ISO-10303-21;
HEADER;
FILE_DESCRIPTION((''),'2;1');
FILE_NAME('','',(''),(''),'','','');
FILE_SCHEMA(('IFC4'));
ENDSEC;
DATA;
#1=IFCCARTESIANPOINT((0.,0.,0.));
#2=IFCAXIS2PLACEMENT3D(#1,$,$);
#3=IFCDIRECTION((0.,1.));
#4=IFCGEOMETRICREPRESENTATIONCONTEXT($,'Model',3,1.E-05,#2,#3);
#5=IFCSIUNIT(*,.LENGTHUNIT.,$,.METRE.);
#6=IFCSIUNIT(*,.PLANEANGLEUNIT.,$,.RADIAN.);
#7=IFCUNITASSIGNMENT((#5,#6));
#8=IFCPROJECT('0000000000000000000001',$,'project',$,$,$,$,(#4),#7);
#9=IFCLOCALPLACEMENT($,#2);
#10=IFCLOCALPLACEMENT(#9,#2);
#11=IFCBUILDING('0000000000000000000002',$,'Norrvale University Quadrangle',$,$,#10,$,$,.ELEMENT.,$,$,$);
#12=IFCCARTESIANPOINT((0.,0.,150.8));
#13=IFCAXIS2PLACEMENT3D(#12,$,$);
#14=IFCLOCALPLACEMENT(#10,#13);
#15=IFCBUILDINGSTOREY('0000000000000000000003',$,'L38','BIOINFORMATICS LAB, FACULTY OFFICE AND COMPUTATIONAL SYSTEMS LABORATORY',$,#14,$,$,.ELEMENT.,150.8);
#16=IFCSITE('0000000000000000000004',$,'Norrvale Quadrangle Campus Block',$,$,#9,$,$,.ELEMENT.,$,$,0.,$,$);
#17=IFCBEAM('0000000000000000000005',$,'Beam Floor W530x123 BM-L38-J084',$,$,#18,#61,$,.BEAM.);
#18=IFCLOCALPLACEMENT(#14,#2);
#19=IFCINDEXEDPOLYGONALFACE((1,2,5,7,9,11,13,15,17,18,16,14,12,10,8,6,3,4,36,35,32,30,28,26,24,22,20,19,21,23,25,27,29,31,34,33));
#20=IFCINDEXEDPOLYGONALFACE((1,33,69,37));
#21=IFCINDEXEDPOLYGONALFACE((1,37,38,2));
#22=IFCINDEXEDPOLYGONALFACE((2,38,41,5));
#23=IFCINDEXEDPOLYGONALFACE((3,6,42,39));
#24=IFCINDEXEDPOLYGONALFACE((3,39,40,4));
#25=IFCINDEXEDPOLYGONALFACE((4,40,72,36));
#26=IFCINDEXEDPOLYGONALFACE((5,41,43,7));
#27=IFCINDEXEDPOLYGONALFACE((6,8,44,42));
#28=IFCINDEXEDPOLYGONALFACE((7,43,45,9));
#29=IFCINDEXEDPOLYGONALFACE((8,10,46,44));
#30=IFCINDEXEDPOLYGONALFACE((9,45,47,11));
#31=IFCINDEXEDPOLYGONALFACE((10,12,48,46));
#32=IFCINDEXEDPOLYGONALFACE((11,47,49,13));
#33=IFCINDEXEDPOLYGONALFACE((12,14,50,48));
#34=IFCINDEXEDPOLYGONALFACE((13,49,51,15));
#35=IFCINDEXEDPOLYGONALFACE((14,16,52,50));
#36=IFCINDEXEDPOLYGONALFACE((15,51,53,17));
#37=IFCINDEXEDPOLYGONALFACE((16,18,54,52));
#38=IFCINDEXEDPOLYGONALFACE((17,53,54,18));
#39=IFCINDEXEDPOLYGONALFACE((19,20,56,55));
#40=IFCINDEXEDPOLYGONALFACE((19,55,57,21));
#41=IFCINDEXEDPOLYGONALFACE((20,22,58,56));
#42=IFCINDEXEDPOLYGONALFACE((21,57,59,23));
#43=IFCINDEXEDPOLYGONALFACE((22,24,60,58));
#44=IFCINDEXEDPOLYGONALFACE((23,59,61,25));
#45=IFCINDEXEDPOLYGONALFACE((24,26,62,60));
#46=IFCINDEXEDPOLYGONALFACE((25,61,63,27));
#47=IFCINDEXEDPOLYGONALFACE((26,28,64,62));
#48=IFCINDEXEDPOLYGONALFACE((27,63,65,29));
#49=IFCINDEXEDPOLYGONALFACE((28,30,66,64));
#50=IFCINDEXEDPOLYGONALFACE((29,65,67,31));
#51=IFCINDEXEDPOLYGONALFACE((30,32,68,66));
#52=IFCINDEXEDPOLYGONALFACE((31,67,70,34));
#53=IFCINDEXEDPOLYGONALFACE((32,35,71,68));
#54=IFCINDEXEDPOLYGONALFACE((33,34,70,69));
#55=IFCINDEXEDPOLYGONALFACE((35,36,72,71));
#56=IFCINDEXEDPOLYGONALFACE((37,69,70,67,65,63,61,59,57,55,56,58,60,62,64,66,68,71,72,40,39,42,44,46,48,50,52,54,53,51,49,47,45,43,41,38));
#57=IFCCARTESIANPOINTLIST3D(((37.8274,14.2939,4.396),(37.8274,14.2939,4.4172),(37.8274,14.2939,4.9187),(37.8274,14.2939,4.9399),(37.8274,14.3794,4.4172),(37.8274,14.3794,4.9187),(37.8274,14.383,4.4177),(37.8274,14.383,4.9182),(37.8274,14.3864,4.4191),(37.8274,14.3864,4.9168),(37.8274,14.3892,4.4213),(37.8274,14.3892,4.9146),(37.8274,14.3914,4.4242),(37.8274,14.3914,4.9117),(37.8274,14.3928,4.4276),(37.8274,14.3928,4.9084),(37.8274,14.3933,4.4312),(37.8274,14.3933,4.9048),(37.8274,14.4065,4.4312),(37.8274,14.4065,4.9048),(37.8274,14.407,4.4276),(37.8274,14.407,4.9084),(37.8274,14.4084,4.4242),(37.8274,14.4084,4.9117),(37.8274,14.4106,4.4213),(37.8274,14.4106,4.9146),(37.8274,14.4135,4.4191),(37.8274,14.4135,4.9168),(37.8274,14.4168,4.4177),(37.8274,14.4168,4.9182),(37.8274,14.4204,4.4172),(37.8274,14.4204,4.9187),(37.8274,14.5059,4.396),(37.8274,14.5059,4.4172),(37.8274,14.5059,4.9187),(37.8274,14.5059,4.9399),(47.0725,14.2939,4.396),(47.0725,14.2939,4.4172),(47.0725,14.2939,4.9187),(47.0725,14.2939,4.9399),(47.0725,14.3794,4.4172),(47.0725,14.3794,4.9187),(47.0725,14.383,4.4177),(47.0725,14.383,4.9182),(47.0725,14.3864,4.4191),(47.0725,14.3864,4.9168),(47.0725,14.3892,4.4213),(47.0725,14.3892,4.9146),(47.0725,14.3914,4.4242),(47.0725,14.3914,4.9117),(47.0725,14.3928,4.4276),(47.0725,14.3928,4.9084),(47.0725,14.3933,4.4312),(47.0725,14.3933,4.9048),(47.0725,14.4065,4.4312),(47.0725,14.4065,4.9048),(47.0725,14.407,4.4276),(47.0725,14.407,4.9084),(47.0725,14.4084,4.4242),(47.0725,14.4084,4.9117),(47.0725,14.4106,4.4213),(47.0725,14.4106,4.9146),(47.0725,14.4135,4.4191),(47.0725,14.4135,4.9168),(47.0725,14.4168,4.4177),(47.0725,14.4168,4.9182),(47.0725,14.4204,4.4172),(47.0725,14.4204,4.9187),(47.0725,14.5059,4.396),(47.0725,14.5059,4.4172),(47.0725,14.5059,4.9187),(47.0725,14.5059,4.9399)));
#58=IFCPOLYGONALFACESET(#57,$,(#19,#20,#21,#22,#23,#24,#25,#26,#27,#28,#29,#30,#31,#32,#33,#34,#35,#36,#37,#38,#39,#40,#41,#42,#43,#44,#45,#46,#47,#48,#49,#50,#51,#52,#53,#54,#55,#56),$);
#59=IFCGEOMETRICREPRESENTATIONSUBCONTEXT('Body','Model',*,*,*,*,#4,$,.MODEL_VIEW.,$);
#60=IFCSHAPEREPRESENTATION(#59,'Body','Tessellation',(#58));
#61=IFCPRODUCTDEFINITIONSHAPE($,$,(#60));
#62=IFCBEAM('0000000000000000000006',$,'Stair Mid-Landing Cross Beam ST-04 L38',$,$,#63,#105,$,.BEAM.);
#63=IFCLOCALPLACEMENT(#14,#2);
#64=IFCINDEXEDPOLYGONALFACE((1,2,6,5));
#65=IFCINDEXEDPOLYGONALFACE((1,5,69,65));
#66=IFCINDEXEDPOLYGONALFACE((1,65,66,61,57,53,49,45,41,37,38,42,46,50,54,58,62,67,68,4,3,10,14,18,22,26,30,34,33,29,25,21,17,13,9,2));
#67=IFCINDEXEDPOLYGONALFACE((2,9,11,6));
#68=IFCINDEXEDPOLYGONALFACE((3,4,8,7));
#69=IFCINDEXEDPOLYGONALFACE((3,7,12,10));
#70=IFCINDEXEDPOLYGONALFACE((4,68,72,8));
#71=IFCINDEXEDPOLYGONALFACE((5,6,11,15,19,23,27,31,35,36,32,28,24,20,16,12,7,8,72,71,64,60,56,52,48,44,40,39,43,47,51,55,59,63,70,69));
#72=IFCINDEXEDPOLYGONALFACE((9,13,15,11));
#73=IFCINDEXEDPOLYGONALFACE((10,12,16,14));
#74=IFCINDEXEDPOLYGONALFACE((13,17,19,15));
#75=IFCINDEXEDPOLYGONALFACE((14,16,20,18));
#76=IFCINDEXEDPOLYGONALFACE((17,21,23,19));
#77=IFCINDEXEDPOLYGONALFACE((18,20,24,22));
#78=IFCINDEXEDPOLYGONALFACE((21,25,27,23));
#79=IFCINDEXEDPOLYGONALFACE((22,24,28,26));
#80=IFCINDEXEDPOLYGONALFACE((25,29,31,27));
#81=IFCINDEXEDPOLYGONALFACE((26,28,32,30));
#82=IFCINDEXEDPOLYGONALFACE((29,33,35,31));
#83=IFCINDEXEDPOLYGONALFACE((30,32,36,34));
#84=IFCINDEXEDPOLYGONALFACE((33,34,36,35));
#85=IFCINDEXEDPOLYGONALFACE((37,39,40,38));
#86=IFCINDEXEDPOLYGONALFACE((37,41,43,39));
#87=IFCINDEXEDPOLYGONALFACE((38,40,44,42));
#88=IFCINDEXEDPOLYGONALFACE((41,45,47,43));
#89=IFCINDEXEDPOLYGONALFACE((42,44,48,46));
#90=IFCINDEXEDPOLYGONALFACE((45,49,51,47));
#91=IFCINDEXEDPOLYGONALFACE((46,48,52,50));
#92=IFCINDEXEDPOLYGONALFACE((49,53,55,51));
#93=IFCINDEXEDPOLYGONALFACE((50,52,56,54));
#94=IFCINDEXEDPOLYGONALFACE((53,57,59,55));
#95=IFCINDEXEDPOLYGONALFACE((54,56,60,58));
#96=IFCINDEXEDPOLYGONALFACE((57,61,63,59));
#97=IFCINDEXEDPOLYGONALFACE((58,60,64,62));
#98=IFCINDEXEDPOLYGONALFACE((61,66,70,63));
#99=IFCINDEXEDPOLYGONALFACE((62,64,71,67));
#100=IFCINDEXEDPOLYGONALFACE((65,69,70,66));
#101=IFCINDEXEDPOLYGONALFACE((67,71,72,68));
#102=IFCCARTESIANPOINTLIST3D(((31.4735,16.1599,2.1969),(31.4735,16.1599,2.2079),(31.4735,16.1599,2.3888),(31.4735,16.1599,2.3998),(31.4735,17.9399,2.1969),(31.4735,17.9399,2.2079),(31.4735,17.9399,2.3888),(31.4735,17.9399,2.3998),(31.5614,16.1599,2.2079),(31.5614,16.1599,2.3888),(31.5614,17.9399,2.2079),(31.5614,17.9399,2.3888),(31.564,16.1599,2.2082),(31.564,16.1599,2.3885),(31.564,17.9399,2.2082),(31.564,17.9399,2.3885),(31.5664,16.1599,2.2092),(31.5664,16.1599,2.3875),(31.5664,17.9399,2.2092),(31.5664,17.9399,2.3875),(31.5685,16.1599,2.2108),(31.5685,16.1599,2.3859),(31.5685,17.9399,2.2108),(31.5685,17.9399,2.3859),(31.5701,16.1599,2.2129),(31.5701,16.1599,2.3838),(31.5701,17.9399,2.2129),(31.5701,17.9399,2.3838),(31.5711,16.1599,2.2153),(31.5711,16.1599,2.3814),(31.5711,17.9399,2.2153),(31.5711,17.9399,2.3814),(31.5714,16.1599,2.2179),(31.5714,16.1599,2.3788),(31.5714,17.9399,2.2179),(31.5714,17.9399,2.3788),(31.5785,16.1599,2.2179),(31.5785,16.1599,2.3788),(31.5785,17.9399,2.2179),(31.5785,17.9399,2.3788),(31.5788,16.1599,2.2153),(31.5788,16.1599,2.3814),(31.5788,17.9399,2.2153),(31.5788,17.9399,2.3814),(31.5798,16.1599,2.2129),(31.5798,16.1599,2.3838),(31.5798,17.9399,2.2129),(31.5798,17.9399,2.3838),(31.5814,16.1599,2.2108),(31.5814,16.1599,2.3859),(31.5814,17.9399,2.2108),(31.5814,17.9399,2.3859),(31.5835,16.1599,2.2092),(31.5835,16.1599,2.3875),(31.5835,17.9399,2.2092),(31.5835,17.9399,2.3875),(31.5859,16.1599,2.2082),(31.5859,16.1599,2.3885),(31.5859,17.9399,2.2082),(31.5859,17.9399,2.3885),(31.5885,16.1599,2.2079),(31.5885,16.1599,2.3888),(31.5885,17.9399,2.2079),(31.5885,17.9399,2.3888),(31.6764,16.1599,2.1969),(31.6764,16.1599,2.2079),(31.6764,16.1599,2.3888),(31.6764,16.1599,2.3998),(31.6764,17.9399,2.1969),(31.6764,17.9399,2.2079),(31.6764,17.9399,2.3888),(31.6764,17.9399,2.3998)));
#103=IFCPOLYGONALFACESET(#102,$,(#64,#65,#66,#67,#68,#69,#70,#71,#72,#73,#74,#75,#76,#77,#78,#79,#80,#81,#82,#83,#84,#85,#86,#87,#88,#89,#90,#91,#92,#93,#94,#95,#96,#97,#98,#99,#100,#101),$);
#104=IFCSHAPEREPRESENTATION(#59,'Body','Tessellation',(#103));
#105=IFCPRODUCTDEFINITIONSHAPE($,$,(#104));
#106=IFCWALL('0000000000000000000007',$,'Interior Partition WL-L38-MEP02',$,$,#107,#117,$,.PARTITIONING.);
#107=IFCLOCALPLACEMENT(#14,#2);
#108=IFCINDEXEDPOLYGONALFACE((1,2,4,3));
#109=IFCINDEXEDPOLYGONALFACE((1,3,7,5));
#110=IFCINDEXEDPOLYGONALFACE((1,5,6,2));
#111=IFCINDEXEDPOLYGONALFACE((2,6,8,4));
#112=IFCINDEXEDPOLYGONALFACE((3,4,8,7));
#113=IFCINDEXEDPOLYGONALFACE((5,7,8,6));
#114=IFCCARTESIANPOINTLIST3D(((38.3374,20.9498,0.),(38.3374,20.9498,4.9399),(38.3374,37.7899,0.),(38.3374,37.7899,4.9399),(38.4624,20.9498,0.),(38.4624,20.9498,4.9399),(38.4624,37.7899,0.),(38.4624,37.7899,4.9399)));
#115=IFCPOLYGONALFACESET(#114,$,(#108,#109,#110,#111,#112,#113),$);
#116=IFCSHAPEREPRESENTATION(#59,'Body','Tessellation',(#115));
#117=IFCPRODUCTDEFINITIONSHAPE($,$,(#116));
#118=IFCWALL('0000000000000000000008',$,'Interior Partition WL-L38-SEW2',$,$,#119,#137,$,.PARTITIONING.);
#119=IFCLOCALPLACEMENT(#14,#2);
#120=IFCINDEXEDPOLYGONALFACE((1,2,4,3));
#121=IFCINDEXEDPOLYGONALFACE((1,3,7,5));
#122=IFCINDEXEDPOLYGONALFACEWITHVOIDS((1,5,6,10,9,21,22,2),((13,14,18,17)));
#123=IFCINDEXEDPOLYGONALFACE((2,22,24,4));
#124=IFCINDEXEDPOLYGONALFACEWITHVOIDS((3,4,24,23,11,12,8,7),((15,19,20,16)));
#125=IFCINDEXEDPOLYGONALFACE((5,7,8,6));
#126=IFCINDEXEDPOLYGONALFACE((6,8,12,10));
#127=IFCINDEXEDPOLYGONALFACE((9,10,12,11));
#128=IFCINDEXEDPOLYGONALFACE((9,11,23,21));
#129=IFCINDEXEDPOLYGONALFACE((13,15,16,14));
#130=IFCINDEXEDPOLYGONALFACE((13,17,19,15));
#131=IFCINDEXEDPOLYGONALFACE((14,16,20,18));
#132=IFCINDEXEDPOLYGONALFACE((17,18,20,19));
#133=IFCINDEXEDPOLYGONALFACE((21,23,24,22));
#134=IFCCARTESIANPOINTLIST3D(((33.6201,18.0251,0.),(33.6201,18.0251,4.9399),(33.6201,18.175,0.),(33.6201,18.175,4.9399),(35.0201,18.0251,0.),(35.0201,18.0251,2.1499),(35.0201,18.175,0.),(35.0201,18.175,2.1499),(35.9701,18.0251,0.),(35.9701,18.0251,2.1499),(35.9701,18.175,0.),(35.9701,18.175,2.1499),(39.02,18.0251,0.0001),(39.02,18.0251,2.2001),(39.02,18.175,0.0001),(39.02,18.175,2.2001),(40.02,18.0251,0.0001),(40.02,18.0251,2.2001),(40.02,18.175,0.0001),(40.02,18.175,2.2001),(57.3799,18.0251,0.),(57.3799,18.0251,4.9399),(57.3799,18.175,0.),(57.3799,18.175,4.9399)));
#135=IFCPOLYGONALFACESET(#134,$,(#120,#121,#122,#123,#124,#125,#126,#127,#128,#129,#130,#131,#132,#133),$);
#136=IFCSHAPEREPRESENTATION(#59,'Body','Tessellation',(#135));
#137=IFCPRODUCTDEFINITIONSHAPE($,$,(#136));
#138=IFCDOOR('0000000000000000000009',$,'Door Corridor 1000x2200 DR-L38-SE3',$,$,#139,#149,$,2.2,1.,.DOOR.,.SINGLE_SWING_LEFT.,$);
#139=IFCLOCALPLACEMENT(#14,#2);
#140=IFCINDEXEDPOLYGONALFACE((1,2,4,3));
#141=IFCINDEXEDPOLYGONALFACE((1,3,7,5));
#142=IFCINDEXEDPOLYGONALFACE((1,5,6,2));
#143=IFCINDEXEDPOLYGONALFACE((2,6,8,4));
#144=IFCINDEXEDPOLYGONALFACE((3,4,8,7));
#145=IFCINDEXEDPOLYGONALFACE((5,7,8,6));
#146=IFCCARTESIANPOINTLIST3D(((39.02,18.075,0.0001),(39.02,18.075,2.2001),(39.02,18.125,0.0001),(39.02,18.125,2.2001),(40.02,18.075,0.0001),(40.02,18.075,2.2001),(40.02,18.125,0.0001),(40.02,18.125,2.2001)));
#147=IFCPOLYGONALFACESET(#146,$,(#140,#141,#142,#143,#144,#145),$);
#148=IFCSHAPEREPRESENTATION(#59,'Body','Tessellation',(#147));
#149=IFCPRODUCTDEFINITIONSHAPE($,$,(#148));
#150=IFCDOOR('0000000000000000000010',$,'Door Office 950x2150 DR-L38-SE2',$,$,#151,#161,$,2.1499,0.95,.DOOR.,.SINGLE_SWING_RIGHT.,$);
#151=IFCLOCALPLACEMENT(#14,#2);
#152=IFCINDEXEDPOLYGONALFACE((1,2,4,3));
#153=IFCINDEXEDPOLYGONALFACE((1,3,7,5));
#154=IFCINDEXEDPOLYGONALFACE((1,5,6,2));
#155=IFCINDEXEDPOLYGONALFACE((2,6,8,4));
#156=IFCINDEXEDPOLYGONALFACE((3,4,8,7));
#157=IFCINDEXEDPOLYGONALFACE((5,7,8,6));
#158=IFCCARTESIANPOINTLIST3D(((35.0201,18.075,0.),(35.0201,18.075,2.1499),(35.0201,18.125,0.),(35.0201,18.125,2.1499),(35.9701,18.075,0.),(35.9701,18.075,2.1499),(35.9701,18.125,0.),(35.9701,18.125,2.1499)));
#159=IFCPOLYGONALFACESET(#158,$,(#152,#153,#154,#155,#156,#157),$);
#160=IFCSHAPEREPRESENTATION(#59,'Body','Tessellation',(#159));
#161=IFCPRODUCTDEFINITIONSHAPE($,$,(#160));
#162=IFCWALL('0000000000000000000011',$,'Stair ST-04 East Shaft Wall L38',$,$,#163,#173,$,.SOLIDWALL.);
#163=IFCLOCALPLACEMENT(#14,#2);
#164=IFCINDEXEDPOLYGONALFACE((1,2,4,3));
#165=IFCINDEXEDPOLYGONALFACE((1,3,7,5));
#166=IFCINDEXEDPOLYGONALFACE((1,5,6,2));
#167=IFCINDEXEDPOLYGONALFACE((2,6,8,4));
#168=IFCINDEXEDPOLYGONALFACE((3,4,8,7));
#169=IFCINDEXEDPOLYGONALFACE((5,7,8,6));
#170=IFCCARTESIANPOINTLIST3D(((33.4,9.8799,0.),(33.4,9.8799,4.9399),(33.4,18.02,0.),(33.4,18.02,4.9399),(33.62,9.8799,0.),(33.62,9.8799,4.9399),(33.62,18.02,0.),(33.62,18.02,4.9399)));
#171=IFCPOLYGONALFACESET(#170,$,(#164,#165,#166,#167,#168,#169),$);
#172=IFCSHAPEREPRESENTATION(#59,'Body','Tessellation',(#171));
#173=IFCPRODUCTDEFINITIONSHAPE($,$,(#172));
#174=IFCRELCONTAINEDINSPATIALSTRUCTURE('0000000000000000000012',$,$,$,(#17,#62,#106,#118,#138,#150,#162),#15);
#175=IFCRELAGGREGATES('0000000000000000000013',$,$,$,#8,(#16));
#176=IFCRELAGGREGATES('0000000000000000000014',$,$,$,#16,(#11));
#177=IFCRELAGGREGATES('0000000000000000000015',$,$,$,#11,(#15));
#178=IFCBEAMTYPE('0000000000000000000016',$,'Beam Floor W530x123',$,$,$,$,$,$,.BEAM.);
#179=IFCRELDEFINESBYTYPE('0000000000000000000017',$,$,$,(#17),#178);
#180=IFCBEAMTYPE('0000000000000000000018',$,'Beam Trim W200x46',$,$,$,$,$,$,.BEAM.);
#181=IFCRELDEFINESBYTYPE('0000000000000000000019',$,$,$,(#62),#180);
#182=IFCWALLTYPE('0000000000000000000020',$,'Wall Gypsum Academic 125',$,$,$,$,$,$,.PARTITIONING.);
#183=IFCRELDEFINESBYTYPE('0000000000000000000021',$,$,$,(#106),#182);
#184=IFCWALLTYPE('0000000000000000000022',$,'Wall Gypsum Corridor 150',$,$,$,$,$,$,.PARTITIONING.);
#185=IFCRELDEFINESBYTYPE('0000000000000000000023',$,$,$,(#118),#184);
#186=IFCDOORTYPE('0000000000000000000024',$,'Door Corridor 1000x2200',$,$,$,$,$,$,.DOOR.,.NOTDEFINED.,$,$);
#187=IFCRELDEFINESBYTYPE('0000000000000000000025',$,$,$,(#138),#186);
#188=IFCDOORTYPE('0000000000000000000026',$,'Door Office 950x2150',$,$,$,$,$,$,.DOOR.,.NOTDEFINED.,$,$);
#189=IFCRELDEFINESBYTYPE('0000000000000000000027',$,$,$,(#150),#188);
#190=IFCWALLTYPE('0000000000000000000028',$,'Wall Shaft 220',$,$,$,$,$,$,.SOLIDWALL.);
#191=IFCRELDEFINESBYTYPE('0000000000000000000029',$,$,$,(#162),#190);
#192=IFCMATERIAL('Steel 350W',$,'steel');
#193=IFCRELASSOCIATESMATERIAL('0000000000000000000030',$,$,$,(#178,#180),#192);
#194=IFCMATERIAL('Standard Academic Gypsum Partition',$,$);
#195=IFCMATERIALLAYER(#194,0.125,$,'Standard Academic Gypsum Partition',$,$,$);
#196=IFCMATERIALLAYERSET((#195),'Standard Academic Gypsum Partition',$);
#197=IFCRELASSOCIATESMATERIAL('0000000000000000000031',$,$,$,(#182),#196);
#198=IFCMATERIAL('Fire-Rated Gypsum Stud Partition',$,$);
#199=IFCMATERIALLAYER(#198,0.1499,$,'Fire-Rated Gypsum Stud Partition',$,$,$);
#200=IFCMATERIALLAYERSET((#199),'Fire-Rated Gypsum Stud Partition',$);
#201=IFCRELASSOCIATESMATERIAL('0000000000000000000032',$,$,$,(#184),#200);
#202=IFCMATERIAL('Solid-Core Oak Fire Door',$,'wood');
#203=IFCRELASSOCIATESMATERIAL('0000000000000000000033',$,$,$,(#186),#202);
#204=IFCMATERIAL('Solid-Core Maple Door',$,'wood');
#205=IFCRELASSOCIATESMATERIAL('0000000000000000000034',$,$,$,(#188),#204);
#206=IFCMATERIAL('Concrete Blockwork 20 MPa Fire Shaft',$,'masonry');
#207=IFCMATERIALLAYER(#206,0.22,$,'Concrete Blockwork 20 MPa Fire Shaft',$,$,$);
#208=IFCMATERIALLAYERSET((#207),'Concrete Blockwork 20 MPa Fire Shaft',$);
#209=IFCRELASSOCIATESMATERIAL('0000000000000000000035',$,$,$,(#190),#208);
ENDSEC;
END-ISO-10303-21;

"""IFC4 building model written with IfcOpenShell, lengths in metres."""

from ifc_helpers import new_model, si_unit, direction, frame, frame_2d, origin, origin_2d, place, context, subcontext, project, spatial, rectangle, i_section, extrude, material, layer, layer_set, material_profile, profile_set, type_object, element, fill, save


model = new_model("IFC4")

# Units and contexts
model_context = context("Model", 3, precision=1e-05, world=origin(), true_north=direction((0.0, 1.0)))
body_context = subcontext(model_context, "Body", "Model", "MODEL_VIEW")
ifc_project = project(units=[si_unit("LENGTHUNIT", "METRE"), si_unit("PLANEANGLEUNIT", "RADIAN")], contexts=[model_context])

# Site, building, storey
site_placement = place(None, origin())
site = spatial("IfcSite", under=ifc_project, at=site_placement, Name="Norrvale Quadrangle Campus Block", CompositionType="ELEMENT", RefElevation=0.0)
building_placement = place(site_placement, origin())
building = spatial("IfcBuilding", under=site, at=building_placement, Name="Norrvale University Quadrangle", CompositionType="ELEMENT")
storey_placement = place(building_placement, frame((0.0, 0.0, 150.8)))
storey = spatial("IfcBuildingStorey", under=building, at=storey_placement, Name="L38", Description="BIOINFORMATICS LAB, FACULTY OFFICE AND COMPUTATIONAL SYSTEMS LABORATORY", CompositionType="ELEMENT", Elevation=150.8)

# Beams
ifc_material_1 = material(Name="Steel 350W", Category="steel")
ifc_material_profile_1 = material_profile(ifc_material_1, i_section(OverallWidth=0.2119, OverallDepth=0.5439, WebThickness=0.0132, FlangeThickness=0.0212, FilletRadius=0.0139, at=origin_2d()), Name="Steel 350W")
ifc_profile_set_1 = profile_set([ifc_material_profile_1], Name="Steel 350W")
beam_type_1 = type_object("IfcBeamType", Name="Beam Floor W530x123", PredefinedType="BEAM", material=ifc_profile_set_1)
for number, where, z_axis, x_axis, name in (
    (1, (37.8274, 14.3999, 4.668), (1.0, 0.0, 0.0), (0.0, 1.0, 0.0), "Beam Floor W530x123 BM-L38-J084"),
):
    element("IfcBeam", number, at=place(storey_placement, frame(where, z_axis=z_axis, x_axis=x_axis)), inside=storey, type_object=beam_type_1, Name=name, PredefinedType="BEAM", context=body_context, shape_type="SweptSolid", body=[
        extrude(i_section(OverallWidth=0.2119, OverallDepth=0.5439, WebThickness=0.0132, FlangeThickness=0.0212, FilletRadius=0.0139, at=origin_2d()), origin(), (0.0, 0.0, 1.0), 9.2451),
    ])
ifc_material_profile_2 = material_profile(ifc_material_1, i_section(OverallWidth=0.2029, OverallDepth=0.2029, WebThickness=0.0071, FlangeThickness=0.011, FilletRadius=0.01, at=origin_2d()), Name="Steel 350W")
ifc_profile_set_2 = profile_set([ifc_material_profile_2], Name="Steel 350W")
beam_type_2 = type_object("IfcBeamType", Name="Beam Trim W200x46", PredefinedType="BEAM", material=ifc_profile_set_2)
beam_1_placement = place(storey_placement, frame((31.575, 16.1599, 2.2983), z_axis=(0.0, 1.0, 0.0), x_axis=(-1.0, 0.0, 0.0)))
element("IfcBeam", 2, at=beam_1_placement, inside=storey, type_object=beam_type_2, Name="Stair Mid-Landing Cross Beam ST-04 L38", PredefinedType="BEAM", context=body_context, shape_type="SweptSolid", body=[
    extrude(i_section(OverallWidth=0.2029, OverallDepth=0.2029, WebThickness=0.0071, FlangeThickness=0.011, FilletRadius=0.01, at=origin_2d()), origin(), (0.0, 0.0, 1.0), 1.78),
])

# Wall
ifc_material_2 = material(Name="Standard Academic Gypsum Partition")
ifc_layer_1 = layer(ifc_material_2, 0.125, Name="Standard Academic Gypsum Partition")
ifc_layer_set_1 = layer_set([ifc_layer_1], Name="Standard Academic Gypsum Partition")
wall_type_1 = type_object("IfcWallType", Name="Wall Gypsum Academic 125", PredefinedType="PARTITIONING", material=ifc_layer_set_1)
wall_1_placement = place(storey_placement, frame((38.3999, 20.95, 0.0), z_axis=(0.0, 0.0, 1.0), x_axis=(0.0, 1.0, 0.0)))
element("IfcWall", 3, at=wall_1_placement, inside=storey, type_object=wall_type_1, Name="Interior Partition WL-L38-MEP02", PredefinedType="PARTITIONING", context=body_context, shape_type="SweptSolid", body=[
    extrude(rectangle(XDim=16.8401, YDim=0.125, at=frame_2d((8.4199, 0.0))), origin(), (0.0, 0.0, 1.0), 4.9399),
])

# Wall, openings, doors
ifc_material_3 = material(Name="Fire-Rated Gypsum Stud Partition")
ifc_layer_2 = layer(ifc_material_3, 0.1499, Name="Fire-Rated Gypsum Stud Partition")
ifc_layer_set_2 = layer_set([ifc_layer_2], Name="Fire-Rated Gypsum Stud Partition")
wall_type_2 = type_object("IfcWallType", Name="Wall Gypsum Corridor 150", PredefinedType="PARTITIONING", material=ifc_layer_set_2)
wall_2_placement = place(storey_placement, frame((33.6201, 18.1001, 0.0), z_axis=(0.0, 0.0, 1.0), x_axis=(1.0, 0.0, 0.0)))
wall_2 = element("IfcWall", 4, at=wall_2_placement, inside=storey, type_object=wall_type_2, Name="Interior Partition WL-L38-SEW2", PredefinedType="PARTITIONING", context=body_context, shape_type="SweptSolid", body=[
    extrude(rectangle(XDim=23.7598, YDim=0.1499, at=frame_2d((11.8799, 0.0))), origin(), (0.0, 0.0, 1.0), 4.9399),
])
opening_1_placement = place(wall_2_placement, frame((1.3999, 0.0, 0.0)))
opening_1 = element("IfcOpeningElement", 5, at=opening_1_placement, cuts=wall_2, PredefinedType="OPENING", context=body_context, shape_type="SweptSolid", body=[
    extrude(rectangle(XDim=0.95, YDim=2.1499, at=frame_2d((0.4751, 1.075))), frame((0.0, 0.0869, 0.0), z_axis=(0.0, -1.0, 0.0), x_axis=(1.0, 0.0, 0.0)), (0.0, 0.0, 1.0), 0.1738),
])
opening_2_placement = place(wall_2_placement, frame((5.3999, 0.0, 0.0)))
opening_2 = element("IfcOpeningElement", 6, at=opening_2_placement, cuts=wall_2, PredefinedType="OPENING", context=body_context, shape_type="SweptSolid", body=[
    extrude(rectangle(XDim=1.0, YDim=2.2, at=frame_2d((0.5, 1.1001))), frame((0.0, 0.0869, 0.0), z_axis=(0.0, -1.0, 0.0), x_axis=(1.0, 0.0, 0.0)), (0.0, 0.0, 1.0), 0.1738),
])
ifc_material_4 = material(Name="Solid-Core Oak Fire Door", Category="wood")
door_type_1 = type_object("IfcDoorType", Name="Door Corridor 1000x2200", OperationType="NOTDEFINED", PredefinedType="DOOR", material=ifc_material_4)
door_1_placement = place(opening_2_placement, origin())
door_1 = element("IfcDoor", 7, at=door_1_placement, inside=storey, type_object=door_type_1, Name="Door Corridor 1000x2200 DR-L38-SE3", OperationType="SINGLE_SWING_LEFT", OverallHeight=2.2, OverallWidth=1.0, PredefinedType="DOOR", context=body_context, shape_type="SweptSolid", body=[
    extrude(rectangle(XDim=1.0, YDim=2.2, at=frame_2d((0.5, 1.1001))), frame((0.0, 0.0249, 0.0), z_axis=(0.0, -1.0, 0.0), x_axis=(1.0, 0.0, 0.0)), (0.0, 0.0, 1.0), 0.05),
])
fill(opening_2, door_1)
ifc_material_5 = material(Name="Solid-Core Maple Door", Category="wood")
door_type_2 = type_object("IfcDoorType", Name="Door Office 950x2150", OperationType="NOTDEFINED", PredefinedType="DOOR", material=ifc_material_5)
door_2_placement = place(opening_1_placement, origin())
door_2 = element("IfcDoor", 8, at=door_2_placement, inside=storey, type_object=door_type_2, Name="Door Office 950x2150 DR-L38-SE2", OperationType="SINGLE_SWING_RIGHT", OverallHeight=2.1499, OverallWidth=0.95, PredefinedType="DOOR", context=body_context, shape_type="SweptSolid", body=[
    extrude(rectangle(XDim=0.95, YDim=2.1499, at=frame_2d((0.4751, 1.075))), frame((0.0, 0.0249, 0.0), z_axis=(0.0, -1.0, 0.0), x_axis=(1.0, 0.0, 0.0)), (0.0, 0.0, 1.0), 0.05),
])
fill(opening_1, door_2)

# Wall
ifc_material_6 = material(Name="Concrete Blockwork 20 MPa Fire Shaft", Category="masonry")
ifc_layer_3 = layer(ifc_material_6, 0.22, Name="Concrete Blockwork 20 MPa Fire Shaft")
ifc_layer_set_3 = layer_set([ifc_layer_3], Name="Concrete Blockwork 20 MPa Fire Shaft")
wall_type_3 = type_object("IfcWallType", Name="Wall Shaft 220", PredefinedType="SOLIDWALL", material=ifc_layer_set_3)
wall_3_placement = place(storey_placement, frame((33.51, 9.8799, 0.0), z_axis=(0.0, 0.0, 1.0), x_axis=(0.0, 1.0, 0.0)))
element("IfcWall", 9, at=wall_3_placement, inside=storey, type_object=wall_type_3, Name="Stair ST-04 East Shaft Wall L38", PredefinedType="SOLIDWALL", context=body_context, shape_type="SweptSolid", body=[
    extrude(rectangle(XDim=8.1401, YDim=0.22, at=frame_2d((4.0701, 0.0))), origin(), (0.0, 0.0, 1.0), 4.9399),
])

save(model, "model.ifc")
